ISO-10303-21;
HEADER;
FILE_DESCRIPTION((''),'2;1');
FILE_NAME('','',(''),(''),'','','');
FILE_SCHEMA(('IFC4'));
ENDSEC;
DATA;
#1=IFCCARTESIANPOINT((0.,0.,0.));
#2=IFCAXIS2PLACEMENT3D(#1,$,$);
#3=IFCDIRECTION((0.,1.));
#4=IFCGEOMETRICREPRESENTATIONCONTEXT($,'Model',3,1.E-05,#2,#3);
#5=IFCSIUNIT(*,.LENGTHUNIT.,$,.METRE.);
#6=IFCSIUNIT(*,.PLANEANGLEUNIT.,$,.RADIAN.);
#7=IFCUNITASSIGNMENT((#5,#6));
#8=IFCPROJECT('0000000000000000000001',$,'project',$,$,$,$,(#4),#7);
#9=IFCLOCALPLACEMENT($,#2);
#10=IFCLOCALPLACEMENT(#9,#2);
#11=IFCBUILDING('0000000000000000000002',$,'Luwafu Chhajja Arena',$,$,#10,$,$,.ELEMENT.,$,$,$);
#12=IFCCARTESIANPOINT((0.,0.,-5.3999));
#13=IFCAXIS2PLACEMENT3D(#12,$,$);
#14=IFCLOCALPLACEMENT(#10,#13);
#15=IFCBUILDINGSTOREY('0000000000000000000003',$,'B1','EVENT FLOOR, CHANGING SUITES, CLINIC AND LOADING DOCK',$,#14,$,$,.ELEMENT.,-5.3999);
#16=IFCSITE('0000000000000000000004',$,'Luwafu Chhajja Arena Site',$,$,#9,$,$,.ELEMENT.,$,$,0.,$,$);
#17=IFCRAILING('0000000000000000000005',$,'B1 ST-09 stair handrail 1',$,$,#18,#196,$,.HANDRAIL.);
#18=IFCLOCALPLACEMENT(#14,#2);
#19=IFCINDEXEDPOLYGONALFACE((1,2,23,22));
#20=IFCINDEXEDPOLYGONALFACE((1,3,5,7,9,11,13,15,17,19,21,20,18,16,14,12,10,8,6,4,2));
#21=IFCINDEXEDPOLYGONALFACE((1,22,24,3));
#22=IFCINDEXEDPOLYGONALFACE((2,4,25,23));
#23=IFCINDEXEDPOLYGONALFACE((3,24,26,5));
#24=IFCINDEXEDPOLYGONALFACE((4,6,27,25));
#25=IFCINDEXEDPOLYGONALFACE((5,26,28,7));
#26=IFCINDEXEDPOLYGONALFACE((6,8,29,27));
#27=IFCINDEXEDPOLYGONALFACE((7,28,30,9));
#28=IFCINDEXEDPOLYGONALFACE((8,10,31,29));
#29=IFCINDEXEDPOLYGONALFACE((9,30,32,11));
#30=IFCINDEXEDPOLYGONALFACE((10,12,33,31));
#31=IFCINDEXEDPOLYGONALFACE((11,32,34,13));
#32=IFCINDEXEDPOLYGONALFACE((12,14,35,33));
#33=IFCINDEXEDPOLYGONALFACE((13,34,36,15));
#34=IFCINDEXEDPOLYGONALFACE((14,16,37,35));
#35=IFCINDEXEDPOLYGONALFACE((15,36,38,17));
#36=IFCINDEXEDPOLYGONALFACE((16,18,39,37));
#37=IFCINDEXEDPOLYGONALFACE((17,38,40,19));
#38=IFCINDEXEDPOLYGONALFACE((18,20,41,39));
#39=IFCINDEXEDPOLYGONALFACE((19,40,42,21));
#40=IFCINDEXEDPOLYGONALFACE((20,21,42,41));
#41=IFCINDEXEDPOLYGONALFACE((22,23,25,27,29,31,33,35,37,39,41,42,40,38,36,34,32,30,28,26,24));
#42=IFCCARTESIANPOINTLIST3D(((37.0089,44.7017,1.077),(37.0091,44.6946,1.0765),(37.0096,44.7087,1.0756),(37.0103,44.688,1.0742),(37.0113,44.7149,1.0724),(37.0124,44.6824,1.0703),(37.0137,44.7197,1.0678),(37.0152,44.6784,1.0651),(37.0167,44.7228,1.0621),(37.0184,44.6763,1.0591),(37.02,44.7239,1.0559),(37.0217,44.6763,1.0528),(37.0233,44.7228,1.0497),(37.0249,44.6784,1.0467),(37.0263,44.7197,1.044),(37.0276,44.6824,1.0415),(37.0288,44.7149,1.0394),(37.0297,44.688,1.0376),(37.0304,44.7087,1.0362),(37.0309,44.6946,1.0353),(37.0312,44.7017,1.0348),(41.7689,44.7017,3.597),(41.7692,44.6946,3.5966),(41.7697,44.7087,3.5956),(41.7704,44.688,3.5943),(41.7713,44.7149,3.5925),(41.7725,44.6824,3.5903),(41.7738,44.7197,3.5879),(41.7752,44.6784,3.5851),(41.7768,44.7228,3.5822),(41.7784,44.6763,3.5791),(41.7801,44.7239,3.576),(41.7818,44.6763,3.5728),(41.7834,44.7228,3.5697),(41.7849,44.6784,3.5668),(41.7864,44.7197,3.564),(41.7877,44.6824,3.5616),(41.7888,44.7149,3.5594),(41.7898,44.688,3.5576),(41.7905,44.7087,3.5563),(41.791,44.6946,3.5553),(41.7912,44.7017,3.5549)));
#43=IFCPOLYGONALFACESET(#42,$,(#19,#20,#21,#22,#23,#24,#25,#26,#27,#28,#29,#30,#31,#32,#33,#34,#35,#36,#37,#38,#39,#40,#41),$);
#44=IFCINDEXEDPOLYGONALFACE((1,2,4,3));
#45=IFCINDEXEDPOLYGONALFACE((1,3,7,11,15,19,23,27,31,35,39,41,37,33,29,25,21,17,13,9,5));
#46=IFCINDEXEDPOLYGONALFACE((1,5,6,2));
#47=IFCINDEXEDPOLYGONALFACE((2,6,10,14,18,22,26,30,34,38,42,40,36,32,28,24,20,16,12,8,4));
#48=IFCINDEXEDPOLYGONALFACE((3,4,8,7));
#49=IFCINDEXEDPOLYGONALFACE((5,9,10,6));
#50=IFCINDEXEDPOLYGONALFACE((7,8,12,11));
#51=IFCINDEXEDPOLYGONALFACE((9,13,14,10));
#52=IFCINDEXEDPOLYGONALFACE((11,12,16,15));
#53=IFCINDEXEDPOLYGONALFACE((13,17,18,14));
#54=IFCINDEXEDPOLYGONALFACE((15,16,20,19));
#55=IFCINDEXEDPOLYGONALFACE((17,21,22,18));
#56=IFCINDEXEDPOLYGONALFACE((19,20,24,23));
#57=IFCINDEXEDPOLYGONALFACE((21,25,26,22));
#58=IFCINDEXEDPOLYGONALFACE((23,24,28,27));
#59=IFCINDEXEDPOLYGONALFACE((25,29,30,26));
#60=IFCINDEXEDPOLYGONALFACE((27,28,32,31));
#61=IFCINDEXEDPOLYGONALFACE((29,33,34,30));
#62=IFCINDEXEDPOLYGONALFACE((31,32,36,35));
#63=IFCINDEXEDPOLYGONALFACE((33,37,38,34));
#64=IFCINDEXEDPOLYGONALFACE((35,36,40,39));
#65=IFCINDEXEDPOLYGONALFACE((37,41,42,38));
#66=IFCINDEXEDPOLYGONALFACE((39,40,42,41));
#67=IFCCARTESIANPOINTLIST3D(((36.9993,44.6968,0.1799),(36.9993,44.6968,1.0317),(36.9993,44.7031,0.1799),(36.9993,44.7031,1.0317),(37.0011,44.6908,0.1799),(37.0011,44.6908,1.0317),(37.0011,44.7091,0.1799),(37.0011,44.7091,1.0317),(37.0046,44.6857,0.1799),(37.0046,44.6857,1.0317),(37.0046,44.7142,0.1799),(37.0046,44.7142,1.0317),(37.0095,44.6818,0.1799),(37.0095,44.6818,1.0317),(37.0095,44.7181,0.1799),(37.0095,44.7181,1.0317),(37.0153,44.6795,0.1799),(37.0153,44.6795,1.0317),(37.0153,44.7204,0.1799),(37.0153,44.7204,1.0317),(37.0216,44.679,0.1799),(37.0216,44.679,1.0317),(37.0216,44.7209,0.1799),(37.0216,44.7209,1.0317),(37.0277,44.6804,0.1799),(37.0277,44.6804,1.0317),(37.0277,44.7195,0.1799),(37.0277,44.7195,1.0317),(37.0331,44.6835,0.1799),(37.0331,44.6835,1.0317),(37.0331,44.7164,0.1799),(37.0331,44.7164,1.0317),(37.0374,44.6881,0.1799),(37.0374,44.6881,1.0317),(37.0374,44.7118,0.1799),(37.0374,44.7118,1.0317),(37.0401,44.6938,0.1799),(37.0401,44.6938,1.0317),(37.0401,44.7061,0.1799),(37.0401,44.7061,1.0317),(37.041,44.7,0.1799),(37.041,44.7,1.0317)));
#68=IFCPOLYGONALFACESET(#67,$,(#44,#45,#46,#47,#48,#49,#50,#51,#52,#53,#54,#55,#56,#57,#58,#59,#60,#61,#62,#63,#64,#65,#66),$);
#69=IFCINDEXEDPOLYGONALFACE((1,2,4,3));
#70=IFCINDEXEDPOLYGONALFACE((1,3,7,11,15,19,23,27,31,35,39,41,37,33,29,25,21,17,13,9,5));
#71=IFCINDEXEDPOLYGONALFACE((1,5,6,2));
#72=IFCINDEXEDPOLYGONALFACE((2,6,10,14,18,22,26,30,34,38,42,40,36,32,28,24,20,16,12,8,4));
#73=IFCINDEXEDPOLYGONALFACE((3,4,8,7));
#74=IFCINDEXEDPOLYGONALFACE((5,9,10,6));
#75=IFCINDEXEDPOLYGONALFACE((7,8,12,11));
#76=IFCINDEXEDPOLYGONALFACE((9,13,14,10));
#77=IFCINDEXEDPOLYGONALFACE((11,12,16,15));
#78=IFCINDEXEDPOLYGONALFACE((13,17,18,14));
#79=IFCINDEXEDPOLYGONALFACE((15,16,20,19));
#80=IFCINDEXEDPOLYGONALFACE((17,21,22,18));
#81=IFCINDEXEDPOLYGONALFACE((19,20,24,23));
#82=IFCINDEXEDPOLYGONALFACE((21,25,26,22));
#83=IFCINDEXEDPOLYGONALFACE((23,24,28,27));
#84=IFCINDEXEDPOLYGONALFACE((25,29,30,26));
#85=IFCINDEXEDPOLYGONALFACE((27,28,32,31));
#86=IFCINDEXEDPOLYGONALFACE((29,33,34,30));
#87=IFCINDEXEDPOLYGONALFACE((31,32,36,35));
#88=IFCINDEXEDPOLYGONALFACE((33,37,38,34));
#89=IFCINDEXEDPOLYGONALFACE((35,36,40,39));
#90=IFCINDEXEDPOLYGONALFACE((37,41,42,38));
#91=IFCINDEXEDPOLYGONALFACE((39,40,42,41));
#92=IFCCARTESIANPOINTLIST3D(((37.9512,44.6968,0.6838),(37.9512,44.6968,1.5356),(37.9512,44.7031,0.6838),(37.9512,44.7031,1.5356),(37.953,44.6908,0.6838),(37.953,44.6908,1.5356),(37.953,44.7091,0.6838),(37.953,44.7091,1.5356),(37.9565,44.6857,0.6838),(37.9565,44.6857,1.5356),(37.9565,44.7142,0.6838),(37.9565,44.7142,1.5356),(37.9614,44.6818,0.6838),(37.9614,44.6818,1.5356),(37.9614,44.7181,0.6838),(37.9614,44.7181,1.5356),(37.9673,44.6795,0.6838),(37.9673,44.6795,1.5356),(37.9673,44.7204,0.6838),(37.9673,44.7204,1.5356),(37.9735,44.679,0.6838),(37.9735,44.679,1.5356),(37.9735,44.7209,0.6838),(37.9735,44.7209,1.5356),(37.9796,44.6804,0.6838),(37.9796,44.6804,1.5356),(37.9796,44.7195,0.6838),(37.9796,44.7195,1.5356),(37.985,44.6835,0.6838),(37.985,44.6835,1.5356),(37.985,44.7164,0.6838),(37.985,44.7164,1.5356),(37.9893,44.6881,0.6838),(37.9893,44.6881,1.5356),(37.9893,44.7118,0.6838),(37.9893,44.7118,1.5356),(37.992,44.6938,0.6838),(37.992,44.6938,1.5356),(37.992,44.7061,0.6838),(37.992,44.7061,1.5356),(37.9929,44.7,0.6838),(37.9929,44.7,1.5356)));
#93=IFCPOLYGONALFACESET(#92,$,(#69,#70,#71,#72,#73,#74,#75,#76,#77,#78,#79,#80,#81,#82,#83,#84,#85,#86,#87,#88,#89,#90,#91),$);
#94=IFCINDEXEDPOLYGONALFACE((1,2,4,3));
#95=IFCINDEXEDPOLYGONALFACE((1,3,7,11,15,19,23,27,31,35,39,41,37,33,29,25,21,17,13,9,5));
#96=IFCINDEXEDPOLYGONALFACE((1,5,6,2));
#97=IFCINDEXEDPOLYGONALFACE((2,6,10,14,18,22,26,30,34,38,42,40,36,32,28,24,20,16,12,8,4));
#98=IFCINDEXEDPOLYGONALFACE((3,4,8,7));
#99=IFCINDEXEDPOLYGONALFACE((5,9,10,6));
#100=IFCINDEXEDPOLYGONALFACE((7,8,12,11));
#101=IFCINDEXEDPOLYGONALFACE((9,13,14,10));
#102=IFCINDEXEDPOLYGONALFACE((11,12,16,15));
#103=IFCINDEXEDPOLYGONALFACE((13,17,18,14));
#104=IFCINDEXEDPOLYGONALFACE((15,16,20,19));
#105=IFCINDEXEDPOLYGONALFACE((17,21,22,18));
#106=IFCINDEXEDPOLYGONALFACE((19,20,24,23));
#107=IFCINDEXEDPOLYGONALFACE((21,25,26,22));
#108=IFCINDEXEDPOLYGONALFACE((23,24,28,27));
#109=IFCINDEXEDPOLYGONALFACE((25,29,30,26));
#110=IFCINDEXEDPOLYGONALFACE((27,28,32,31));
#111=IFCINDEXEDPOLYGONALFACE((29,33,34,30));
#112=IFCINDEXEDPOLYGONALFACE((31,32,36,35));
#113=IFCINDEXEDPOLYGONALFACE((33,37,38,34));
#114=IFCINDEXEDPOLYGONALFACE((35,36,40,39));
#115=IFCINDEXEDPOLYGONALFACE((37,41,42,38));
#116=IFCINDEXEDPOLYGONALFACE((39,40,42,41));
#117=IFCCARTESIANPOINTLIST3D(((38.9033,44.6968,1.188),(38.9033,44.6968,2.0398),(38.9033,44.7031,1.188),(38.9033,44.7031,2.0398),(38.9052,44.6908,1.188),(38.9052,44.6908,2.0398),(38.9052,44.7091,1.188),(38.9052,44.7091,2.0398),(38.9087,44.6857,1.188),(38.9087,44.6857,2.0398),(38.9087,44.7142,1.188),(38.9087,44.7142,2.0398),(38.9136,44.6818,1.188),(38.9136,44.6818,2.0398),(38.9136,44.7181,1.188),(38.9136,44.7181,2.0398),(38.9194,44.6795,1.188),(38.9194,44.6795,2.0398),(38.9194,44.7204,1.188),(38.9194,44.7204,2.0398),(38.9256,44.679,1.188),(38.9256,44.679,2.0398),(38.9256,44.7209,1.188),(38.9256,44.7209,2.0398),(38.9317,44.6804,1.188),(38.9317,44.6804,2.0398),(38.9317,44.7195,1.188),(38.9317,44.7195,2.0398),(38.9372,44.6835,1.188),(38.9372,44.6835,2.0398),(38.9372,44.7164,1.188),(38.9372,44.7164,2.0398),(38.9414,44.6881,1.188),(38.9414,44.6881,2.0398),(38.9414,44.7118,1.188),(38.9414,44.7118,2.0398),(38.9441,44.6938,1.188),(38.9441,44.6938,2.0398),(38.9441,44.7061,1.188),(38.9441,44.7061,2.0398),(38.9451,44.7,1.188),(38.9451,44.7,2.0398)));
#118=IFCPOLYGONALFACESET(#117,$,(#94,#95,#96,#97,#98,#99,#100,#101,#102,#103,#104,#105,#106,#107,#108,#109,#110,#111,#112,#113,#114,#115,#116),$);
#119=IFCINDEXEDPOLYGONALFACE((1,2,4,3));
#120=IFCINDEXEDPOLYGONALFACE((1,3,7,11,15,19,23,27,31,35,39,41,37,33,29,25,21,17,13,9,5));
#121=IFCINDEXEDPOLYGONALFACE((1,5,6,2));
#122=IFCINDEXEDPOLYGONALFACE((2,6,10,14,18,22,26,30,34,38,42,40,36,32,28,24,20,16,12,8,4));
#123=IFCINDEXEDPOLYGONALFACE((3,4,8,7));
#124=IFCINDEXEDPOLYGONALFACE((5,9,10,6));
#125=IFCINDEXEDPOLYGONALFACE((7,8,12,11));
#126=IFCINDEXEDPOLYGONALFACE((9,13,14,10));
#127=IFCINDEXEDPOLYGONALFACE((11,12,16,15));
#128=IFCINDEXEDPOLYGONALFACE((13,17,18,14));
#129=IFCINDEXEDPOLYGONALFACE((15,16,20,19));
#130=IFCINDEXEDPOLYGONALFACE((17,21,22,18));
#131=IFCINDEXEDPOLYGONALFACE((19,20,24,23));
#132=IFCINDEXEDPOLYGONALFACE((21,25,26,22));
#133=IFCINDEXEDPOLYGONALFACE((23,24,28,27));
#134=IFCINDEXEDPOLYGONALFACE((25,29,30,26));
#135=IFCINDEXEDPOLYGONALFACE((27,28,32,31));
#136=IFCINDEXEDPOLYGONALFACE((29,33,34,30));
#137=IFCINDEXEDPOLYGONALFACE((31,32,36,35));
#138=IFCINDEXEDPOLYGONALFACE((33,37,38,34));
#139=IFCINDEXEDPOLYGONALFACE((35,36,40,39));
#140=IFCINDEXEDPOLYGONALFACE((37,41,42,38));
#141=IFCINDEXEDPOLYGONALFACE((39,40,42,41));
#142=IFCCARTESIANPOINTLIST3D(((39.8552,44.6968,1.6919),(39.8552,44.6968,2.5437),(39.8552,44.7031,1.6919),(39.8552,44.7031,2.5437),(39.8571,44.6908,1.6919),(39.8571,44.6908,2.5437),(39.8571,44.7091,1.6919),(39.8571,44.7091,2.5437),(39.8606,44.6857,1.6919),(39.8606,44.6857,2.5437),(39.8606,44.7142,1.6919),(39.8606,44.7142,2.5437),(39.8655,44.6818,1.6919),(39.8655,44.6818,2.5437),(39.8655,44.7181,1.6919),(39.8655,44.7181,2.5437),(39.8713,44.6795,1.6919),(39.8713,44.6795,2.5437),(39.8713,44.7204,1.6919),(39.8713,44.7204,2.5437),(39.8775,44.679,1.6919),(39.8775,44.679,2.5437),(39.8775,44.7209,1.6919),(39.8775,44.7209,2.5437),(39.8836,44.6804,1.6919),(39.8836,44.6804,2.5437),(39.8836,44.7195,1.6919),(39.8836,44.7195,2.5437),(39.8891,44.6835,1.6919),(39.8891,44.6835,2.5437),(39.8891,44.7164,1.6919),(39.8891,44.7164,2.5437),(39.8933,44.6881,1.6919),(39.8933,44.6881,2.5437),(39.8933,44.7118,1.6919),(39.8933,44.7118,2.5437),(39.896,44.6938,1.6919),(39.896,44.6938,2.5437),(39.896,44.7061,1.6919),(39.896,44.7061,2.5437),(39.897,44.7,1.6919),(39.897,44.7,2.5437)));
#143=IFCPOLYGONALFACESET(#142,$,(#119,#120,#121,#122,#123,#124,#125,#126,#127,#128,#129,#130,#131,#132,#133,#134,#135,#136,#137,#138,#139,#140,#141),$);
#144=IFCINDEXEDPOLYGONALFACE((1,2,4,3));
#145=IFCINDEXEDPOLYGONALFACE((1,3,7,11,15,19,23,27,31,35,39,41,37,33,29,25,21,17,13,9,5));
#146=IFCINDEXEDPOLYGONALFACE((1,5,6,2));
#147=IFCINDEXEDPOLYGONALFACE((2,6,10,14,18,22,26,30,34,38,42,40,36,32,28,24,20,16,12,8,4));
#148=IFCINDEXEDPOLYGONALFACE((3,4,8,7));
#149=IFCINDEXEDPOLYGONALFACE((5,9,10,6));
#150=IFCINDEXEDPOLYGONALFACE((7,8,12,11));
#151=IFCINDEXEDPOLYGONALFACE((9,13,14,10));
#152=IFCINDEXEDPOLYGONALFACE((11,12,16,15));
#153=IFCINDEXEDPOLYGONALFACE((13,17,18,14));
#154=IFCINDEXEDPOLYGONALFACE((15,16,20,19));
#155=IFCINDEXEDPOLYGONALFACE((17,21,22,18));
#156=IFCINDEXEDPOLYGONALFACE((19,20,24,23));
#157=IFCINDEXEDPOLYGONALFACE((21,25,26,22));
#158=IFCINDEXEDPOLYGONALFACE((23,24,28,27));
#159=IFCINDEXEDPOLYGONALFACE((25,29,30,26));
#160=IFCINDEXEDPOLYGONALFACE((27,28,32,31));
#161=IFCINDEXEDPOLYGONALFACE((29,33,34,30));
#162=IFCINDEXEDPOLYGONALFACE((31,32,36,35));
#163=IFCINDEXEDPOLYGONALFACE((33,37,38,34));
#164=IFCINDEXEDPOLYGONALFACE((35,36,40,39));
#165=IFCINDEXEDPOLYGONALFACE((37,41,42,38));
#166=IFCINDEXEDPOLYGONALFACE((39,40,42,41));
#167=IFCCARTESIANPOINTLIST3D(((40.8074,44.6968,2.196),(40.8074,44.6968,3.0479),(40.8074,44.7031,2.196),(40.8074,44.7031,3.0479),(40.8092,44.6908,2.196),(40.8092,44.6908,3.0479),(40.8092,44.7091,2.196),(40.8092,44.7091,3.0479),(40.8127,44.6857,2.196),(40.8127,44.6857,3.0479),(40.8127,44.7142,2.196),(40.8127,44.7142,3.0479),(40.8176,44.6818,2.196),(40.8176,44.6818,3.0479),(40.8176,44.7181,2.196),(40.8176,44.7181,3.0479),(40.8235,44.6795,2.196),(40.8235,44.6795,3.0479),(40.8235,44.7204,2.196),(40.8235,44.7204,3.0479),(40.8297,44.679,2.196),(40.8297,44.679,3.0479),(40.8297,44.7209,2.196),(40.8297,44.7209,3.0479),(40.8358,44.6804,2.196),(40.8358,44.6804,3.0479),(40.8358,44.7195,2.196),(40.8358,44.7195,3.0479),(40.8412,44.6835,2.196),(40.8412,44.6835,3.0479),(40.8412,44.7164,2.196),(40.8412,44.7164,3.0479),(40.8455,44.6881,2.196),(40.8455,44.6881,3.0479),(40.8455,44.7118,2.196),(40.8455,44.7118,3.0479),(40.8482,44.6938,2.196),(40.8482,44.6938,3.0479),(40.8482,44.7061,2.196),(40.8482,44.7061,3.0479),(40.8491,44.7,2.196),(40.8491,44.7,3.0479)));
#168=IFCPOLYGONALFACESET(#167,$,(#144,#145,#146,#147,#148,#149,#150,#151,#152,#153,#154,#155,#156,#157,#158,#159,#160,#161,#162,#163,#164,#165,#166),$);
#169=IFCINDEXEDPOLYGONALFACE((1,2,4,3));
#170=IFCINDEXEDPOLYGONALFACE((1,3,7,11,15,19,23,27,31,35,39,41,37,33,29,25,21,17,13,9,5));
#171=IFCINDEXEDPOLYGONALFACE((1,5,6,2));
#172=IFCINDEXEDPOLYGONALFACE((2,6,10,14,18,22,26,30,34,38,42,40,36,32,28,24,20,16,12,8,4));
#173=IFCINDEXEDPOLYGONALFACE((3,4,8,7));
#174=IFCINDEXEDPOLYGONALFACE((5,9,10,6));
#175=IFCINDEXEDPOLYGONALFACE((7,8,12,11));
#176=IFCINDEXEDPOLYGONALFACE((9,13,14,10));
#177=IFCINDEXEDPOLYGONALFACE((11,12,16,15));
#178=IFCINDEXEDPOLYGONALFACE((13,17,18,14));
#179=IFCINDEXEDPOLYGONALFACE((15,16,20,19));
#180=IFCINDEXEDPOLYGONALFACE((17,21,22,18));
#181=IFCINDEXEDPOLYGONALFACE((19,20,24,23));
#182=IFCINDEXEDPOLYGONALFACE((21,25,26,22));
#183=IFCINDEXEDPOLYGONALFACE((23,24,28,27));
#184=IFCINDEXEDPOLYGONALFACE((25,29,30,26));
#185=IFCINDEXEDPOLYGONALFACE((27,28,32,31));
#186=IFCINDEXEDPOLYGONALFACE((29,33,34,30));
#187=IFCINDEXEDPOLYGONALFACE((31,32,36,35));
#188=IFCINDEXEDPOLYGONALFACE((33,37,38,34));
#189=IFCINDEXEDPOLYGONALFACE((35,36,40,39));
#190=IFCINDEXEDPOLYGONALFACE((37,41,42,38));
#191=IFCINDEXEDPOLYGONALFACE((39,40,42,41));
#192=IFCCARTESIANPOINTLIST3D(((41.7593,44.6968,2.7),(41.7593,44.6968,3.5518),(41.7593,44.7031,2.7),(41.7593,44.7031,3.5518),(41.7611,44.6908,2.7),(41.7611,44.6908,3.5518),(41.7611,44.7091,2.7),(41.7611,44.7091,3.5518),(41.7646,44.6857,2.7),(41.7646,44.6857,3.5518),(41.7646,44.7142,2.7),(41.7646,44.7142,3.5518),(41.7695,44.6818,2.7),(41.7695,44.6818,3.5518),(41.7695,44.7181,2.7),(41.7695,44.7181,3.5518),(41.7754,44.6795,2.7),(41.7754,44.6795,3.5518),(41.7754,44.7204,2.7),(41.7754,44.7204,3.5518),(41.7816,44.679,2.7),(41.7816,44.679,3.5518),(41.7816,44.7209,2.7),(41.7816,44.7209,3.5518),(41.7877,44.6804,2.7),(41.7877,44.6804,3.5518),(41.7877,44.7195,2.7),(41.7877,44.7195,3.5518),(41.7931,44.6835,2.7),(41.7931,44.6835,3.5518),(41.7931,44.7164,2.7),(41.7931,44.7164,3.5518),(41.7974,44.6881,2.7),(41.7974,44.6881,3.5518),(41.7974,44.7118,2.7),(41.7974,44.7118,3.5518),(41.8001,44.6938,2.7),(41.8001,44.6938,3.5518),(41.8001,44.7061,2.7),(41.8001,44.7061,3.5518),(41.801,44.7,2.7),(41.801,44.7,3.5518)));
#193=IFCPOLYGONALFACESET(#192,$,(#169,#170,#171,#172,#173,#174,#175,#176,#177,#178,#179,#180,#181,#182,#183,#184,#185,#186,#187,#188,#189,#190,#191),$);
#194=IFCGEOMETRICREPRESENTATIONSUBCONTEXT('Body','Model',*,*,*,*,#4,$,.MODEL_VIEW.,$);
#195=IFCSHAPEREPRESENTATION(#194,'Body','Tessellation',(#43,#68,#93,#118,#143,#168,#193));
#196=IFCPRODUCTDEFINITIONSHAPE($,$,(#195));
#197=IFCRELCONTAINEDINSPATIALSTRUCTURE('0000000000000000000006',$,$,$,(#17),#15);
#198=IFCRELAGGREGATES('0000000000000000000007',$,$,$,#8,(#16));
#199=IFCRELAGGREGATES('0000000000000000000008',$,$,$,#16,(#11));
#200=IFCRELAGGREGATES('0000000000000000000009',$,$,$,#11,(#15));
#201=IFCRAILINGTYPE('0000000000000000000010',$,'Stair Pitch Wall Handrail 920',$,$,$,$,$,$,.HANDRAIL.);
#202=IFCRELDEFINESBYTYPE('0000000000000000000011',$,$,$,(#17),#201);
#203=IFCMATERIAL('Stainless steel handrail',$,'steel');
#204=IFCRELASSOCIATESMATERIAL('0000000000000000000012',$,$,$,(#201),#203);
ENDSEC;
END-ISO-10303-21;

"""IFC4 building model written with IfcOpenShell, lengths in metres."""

from ifc_helpers import new_model, si_unit, direction, frame, origin, origin_2d, place, context, subcontext, project, spatial, circle, extrude, material, type_object, element, save


model = new_model("IFC4")

# Units and contexts
model_context = context("Model", 3, precision=1e-05, world=origin(), true_north=direction((0.0, 1.0)))
body_context = subcontext(model_context, "Body", "Model", "MODEL_VIEW")
ifc_project = project(units=[si_unit("LENGTHUNIT", "METRE"), si_unit("PLANEANGLEUNIT", "RADIAN")], contexts=[model_context])

# Site, building, storey
site_placement = place(None, origin())
site = spatial("IfcSite", under=ifc_project, at=site_placement, Name="Luwafu Chhajja Arena Site", CompositionType="ELEMENT", RefElevation=0.0)
building_placement = place(site_placement, origin())
building = spatial("IfcBuilding", under=site, at=building_placement, Name="Luwafu Chhajja Arena", CompositionType="ELEMENT")
storey_placement = place(building_placement, frame((0.0, 0.0, -5.3999)))
storey = spatial("IfcBuildingStorey", under=building, at=storey_placement, Name="B1", Description="EVENT FLOOR, CHANGING SUITES, CLINIC AND LOADING DOCK", CompositionType="ELEMENT", Elevation=-5.3999)

# Railing
ifc_material_1 = material(Name="Stainless steel handrail", Category="steel")
railing_type_1 = type_object("IfcRailingType", Name="Stair Pitch Wall Handrail 920", PredefinedType="HANDRAIL", material=ifc_material_1)
railing_1_placement = place(storey_placement, frame((37.02, 44.7, 0.1799)))
element("IfcRailing", 1, at=railing_1_placement, inside=storey, type_object=railing_type_1, Name="B1 ST-09 stair handrail 1", PredefinedType="HANDRAIL", context=body_context, shape_type="SweptSolid", body=[
    extrude(circle(Radius=0.0239, at=origin_2d()), frame((0.0, 0.0, 0.876), z_axis=(0.883787, 0.0, 0.46789), x_axis=(0.0, 1.0, 0.0)), (0.0, 0.0, 1.0), 5.386),
    extrude(circle(Radius=0.021, at=origin_2d()), origin(), (0.0, 0.0, 1.0), 0.8518),
    extrude(circle(Radius=0.021, at=origin_2d()), frame((0.9519, 0.0, 0.5039)), (0.0, 0.0, 1.0), 0.8518),
    extrude(circle(Radius=0.021, at=origin_2d()), frame((1.9041, 0.0, 1.0081)), (0.0, 0.0, 1.0), 0.8518),
    extrude(circle(Radius=0.021, at=origin_2d()), frame((2.856, 0.0, 1.512)), (0.0, 0.0, 1.0), 0.8518),
    extrude(circle(Radius=0.021, at=origin_2d()), frame((3.8081, 0.0, 2.0161)), (0.0, 0.0, 1.0), 0.8518),
    extrude(circle(Radius=0.021, at=origin_2d()), frame((4.76, 0.0, 2.52)), (0.0, 0.0, 1.0), 0.8518),
])

save(model, "model.ifc")
